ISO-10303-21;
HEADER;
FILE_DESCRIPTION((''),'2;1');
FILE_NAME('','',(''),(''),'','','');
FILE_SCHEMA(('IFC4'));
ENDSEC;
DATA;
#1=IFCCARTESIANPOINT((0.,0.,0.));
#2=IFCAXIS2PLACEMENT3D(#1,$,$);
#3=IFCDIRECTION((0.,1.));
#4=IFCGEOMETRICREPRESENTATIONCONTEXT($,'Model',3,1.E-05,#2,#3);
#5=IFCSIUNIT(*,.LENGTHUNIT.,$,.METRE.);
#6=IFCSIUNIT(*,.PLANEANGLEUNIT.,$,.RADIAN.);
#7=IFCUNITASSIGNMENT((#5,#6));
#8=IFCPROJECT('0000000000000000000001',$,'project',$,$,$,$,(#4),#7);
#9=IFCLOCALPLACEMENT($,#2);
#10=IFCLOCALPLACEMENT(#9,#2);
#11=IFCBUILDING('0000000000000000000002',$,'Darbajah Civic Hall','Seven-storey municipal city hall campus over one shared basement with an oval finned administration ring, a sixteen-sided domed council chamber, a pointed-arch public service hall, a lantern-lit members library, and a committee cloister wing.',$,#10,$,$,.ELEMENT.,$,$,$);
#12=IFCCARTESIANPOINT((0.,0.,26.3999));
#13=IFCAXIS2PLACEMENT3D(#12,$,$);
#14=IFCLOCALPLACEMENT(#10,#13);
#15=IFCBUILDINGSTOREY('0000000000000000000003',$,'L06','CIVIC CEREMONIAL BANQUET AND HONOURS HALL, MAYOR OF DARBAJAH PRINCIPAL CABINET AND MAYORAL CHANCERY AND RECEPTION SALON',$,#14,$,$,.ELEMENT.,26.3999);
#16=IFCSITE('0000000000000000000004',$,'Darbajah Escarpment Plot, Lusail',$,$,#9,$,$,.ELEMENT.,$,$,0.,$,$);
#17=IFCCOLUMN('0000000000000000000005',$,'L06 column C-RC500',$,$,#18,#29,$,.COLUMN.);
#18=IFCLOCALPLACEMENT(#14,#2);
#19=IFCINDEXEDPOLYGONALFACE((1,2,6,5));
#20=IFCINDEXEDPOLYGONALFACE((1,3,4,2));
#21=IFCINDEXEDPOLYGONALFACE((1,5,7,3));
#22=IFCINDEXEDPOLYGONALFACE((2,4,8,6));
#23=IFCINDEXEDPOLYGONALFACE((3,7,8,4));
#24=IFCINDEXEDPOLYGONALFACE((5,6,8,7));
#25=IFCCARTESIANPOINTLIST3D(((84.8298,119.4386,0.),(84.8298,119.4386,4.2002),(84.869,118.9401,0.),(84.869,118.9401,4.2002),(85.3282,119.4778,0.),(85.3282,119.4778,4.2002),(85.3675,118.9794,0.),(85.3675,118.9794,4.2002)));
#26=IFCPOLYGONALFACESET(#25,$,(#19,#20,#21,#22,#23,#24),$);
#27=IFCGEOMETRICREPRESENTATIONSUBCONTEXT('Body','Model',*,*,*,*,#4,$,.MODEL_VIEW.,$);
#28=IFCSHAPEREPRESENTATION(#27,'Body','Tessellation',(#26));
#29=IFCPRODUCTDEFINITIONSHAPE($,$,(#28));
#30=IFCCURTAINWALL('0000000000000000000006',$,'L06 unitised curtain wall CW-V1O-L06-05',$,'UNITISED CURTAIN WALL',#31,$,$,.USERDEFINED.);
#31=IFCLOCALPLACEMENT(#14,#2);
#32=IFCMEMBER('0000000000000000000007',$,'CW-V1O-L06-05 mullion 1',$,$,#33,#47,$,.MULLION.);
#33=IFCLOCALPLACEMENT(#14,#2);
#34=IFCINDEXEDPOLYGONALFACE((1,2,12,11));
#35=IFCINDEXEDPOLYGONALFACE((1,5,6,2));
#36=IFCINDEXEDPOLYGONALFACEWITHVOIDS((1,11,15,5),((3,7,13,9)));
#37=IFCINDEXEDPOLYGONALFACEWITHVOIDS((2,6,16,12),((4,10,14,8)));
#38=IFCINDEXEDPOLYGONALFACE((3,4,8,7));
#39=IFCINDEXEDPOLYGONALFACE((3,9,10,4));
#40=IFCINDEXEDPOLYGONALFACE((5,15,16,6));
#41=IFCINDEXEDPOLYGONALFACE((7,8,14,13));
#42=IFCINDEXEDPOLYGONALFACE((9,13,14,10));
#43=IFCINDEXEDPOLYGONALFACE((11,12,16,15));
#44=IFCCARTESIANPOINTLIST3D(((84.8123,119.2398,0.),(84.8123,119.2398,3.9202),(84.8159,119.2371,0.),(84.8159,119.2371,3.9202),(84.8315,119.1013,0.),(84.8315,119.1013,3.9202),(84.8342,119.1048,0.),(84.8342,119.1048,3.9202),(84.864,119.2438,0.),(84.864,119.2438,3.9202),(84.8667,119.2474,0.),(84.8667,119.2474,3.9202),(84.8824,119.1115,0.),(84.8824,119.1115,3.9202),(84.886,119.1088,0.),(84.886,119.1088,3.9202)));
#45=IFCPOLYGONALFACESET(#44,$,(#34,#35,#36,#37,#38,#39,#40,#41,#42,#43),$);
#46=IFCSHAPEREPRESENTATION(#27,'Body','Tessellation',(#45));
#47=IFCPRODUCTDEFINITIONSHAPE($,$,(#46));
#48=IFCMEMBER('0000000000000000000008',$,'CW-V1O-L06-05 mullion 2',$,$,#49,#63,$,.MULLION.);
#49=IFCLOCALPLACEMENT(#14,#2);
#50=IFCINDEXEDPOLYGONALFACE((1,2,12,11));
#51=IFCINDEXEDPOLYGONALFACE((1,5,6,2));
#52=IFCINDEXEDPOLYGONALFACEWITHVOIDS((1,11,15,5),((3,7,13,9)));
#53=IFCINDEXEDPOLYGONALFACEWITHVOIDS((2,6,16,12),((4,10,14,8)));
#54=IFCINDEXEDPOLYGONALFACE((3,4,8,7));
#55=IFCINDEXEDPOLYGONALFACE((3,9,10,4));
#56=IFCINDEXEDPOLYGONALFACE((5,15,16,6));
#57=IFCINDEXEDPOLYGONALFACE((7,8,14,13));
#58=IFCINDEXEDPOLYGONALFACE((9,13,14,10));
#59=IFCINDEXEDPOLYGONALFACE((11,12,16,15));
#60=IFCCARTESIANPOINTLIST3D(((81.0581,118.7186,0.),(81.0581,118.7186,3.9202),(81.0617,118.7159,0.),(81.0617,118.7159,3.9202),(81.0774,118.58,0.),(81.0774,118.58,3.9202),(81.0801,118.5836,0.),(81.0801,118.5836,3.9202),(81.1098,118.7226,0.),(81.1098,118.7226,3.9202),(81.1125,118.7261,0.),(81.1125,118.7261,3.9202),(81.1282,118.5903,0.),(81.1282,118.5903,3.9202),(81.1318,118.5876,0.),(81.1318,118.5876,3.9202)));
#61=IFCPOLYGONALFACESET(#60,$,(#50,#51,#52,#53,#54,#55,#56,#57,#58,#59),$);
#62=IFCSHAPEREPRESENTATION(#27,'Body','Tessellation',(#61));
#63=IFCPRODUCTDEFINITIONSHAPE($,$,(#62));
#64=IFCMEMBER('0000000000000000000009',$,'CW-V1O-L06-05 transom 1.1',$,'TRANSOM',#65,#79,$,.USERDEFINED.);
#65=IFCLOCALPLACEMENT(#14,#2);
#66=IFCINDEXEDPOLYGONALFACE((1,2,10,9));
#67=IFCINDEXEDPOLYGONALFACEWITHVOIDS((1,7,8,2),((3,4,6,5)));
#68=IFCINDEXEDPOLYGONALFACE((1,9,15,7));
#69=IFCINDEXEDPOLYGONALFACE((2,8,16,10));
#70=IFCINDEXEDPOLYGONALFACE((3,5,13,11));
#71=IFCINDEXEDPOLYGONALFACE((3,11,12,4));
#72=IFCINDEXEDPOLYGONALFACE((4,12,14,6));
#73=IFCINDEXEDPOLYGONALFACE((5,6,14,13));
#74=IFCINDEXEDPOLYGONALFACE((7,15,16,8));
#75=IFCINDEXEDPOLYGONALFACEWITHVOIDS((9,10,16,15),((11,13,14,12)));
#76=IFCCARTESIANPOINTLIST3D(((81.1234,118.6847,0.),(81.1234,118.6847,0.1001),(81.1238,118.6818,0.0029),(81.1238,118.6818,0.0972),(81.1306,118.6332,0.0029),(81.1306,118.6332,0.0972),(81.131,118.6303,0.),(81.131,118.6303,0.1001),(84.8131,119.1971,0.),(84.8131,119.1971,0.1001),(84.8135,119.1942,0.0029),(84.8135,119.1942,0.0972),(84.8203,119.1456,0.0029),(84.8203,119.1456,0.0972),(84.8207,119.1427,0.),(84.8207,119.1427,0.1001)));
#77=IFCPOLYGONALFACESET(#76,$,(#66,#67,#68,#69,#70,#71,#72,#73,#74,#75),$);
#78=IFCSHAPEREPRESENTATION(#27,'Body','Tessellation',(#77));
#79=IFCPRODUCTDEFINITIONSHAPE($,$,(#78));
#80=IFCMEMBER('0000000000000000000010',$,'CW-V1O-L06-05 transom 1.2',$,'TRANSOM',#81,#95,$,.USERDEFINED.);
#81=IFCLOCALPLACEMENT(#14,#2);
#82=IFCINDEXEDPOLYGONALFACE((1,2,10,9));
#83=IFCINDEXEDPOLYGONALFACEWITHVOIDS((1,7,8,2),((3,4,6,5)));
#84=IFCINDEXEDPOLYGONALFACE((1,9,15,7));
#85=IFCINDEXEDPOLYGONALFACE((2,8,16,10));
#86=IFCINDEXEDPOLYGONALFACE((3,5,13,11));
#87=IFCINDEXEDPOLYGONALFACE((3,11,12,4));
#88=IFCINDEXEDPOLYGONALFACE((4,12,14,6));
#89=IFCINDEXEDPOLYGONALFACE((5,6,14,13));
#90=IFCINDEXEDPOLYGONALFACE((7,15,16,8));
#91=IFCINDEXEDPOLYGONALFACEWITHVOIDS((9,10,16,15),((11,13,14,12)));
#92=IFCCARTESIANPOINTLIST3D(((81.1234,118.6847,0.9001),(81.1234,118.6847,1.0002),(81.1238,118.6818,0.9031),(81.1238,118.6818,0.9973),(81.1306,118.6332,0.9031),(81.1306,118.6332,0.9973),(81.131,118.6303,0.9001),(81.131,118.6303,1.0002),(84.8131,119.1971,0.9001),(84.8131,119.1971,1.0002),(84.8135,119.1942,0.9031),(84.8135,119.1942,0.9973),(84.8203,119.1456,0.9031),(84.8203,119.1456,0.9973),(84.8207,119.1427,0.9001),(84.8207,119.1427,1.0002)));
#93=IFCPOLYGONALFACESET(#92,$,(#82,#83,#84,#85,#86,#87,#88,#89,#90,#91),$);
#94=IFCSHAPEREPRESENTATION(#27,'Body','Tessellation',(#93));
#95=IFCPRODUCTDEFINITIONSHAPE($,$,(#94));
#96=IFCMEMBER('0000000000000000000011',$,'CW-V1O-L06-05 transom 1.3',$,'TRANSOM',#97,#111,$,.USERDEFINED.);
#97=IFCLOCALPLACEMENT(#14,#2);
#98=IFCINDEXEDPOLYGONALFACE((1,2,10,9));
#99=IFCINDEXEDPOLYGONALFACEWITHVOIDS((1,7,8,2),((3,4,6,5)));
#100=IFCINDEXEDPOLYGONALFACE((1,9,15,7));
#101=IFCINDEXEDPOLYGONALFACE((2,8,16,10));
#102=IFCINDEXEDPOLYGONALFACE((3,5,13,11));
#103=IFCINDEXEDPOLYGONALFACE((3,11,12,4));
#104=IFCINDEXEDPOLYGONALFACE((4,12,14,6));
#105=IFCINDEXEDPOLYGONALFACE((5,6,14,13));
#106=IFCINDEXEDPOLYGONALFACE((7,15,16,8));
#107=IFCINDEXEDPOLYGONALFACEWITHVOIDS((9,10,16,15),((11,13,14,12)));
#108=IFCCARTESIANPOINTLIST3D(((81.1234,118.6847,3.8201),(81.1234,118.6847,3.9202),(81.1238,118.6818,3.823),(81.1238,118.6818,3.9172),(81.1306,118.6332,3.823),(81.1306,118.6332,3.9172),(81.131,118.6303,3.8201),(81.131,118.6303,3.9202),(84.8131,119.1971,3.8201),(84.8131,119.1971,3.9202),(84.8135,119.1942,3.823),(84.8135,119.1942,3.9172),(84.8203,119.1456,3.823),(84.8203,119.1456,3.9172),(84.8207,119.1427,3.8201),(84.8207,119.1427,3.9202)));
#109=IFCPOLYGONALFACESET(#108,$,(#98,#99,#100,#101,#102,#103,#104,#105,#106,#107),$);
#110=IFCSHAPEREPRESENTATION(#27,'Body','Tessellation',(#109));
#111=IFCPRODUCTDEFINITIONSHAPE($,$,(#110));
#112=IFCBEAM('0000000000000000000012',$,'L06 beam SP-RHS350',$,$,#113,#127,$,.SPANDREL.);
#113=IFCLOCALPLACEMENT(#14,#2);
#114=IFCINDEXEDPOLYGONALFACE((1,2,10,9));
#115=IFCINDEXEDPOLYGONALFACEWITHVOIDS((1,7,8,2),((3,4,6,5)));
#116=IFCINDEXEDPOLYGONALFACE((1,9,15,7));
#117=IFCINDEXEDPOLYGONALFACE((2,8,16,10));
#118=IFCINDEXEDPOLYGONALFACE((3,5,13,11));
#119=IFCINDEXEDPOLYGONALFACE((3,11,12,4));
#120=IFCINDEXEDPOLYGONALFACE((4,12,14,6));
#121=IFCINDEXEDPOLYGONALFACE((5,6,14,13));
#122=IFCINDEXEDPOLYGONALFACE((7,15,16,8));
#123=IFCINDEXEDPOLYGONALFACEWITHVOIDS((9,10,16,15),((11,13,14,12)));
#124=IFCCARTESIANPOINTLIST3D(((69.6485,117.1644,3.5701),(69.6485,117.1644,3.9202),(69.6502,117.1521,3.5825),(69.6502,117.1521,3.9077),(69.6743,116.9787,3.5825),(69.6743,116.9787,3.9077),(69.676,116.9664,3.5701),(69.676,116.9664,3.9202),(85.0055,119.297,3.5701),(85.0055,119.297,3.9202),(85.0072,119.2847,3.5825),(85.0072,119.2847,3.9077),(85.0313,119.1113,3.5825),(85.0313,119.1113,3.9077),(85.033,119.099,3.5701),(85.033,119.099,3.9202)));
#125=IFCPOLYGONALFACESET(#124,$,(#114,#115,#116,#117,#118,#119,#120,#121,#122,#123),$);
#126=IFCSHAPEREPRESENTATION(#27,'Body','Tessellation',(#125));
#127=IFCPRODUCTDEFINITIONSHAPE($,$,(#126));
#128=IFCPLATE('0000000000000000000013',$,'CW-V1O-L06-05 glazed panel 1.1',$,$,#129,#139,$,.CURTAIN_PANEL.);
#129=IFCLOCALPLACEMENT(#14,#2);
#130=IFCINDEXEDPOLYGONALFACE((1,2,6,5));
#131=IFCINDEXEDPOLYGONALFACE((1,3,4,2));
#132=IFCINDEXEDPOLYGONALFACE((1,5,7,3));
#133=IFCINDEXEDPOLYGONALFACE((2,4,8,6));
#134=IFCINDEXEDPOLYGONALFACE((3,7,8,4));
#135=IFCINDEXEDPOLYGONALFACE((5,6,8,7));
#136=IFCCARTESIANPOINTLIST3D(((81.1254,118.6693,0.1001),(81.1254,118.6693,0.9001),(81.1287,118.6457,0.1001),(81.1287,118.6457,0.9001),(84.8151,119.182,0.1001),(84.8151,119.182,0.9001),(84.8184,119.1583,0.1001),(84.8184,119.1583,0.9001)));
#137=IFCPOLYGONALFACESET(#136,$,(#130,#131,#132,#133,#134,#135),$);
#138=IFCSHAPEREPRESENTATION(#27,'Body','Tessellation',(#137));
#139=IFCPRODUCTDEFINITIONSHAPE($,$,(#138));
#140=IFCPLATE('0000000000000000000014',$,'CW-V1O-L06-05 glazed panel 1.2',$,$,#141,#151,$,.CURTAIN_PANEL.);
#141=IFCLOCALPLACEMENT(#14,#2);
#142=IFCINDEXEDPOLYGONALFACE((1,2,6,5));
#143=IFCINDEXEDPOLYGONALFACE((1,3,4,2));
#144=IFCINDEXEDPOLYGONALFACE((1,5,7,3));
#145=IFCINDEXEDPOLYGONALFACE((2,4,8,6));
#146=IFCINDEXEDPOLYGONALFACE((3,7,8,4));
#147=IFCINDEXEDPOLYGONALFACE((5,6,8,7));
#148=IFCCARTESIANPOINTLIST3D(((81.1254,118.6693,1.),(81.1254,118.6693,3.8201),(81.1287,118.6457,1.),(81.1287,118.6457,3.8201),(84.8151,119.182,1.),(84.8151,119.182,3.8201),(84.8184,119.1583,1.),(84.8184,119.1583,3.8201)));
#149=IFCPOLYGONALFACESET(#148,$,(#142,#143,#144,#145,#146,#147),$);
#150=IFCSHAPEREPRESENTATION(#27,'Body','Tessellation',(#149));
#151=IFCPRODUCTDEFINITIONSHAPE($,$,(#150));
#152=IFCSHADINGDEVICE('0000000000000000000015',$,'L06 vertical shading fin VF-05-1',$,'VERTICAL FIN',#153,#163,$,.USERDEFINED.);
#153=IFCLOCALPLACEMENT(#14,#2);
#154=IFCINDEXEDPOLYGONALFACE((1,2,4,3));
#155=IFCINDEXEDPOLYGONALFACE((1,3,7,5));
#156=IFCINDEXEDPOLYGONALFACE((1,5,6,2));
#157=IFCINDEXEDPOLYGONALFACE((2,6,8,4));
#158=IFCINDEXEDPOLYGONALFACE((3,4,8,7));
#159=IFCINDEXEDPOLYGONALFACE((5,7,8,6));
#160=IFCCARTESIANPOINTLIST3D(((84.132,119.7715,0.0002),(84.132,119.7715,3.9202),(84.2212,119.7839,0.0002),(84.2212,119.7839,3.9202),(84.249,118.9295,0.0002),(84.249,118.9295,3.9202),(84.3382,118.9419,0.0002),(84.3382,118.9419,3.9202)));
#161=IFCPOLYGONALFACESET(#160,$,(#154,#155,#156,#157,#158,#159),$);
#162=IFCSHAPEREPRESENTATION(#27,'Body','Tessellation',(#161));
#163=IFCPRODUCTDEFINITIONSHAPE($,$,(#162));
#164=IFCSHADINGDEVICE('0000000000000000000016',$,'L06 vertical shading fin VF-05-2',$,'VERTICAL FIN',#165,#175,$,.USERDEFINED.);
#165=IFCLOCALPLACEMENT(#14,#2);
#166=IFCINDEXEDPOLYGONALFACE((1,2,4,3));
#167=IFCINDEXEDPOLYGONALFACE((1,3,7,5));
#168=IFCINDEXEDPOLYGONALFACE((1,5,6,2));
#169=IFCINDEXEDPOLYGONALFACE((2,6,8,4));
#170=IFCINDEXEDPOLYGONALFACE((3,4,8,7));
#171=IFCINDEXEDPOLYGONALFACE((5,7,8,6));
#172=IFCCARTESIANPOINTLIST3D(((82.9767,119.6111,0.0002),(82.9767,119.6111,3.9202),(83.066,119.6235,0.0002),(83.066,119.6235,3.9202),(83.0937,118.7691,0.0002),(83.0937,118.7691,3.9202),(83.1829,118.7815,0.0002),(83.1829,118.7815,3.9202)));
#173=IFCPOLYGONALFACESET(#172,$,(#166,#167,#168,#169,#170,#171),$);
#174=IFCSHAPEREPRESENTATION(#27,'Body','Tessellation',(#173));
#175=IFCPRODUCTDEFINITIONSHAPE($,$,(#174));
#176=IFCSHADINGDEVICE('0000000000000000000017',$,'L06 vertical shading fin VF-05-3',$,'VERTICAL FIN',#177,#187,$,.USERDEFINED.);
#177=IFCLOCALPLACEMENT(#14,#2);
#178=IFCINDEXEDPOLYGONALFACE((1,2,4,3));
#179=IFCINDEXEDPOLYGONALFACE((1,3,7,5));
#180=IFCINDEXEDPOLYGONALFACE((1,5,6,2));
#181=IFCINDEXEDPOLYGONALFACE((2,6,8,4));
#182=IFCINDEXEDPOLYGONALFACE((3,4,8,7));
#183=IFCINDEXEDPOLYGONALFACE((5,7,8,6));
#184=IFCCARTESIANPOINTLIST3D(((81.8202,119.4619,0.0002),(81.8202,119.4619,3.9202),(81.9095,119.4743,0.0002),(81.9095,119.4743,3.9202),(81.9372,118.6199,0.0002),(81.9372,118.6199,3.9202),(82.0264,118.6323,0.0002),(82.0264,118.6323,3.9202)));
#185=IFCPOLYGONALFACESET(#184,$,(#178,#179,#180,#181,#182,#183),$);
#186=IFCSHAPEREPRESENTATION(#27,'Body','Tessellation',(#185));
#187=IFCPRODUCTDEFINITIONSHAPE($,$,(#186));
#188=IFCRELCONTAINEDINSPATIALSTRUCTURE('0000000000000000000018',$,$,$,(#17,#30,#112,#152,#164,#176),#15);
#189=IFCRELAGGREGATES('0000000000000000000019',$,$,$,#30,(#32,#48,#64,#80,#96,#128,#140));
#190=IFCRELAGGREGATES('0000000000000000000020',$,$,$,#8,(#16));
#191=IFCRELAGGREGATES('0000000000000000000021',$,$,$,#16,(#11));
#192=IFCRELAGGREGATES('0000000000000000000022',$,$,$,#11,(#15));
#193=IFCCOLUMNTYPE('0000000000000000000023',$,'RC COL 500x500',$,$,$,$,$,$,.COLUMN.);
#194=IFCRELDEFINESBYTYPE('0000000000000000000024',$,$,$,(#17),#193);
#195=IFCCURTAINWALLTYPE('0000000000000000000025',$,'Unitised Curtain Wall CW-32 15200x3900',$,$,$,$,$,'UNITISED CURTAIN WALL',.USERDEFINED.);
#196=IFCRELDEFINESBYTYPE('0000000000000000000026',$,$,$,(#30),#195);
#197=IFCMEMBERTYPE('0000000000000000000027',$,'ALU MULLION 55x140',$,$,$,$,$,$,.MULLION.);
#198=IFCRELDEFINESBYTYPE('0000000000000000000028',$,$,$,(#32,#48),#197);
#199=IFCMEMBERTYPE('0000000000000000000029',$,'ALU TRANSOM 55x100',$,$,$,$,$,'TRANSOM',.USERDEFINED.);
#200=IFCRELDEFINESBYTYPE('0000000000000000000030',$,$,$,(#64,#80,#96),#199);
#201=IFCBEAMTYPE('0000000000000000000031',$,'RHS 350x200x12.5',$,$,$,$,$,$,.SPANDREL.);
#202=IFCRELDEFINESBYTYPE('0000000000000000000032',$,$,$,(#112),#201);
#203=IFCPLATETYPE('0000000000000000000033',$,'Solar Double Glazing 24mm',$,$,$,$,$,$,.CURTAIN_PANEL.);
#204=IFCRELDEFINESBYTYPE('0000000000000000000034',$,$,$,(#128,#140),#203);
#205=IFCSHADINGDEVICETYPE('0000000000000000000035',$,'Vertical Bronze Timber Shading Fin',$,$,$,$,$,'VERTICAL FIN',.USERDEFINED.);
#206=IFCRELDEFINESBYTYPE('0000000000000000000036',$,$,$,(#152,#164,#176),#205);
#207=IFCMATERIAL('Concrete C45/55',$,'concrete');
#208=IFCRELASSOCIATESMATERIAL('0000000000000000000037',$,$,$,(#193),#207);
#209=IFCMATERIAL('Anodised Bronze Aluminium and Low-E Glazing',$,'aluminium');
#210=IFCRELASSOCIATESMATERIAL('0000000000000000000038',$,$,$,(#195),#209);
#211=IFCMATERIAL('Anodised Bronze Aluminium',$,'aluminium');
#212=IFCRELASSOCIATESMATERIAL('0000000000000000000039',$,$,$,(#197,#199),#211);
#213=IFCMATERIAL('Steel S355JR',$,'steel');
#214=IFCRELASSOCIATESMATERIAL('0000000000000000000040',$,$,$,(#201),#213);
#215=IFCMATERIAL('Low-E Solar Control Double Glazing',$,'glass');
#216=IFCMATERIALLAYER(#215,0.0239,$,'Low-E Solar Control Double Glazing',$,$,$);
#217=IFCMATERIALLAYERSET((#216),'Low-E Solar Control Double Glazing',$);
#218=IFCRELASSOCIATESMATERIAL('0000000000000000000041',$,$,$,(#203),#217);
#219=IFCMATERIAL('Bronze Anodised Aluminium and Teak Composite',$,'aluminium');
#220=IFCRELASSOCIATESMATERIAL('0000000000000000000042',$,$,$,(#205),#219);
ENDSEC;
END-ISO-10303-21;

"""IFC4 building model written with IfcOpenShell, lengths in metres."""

from ifc_helpers import new_model, si_unit, direction, frame, origin, origin_2d, place, context, subcontext, project, spatial, rectangle, hollow_rectangle, extrude, material, layer, layer_set, material_profile, profile_set, type_object, element, aggregate, save


model = new_model("IFC4")

# Units and contexts
model_context = context("Model", 3, precision=1e-05, world=origin(), true_north=direction((0.0, 1.0)))
body_context = subcontext(model_context, "Body", "Model", "MODEL_VIEW")
ifc_project = project(units=[si_unit("LENGTHUNIT", "METRE"), si_unit("PLANEANGLEUNIT", "RADIAN")], contexts=[model_context])

# Site, building, storey
site_placement = place(None, origin())
site = spatial("IfcSite", under=ifc_project, at=site_placement, Name="Darbajah Escarpment Plot, Lusail", CompositionType="ELEMENT", RefElevation=0.0)
building_placement = place(site_placement, origin())
building = spatial("IfcBuilding", under=site, at=building_placement, Name="Darbajah Civic Hall", Description="Seven-storey municipal city hall campus over one shared basement with an oval finned administration ring, a sixteen-sided domed council chamber, a pointed-arch public service hall, a lantern-lit members library, and a committee cloister wing.", CompositionType="ELEMENT")
storey_placement = place(building_placement, frame((0.0, 0.0, 26.3999)))
storey = spatial("IfcBuildingStorey", under=building, at=storey_placement, Name="L06", Description="CIVIC CEREMONIAL BANQUET AND HONOURS HALL, MAYOR OF DARBAJAH PRINCIPAL CABINET AND MAYORAL CHANCERY AND RECEPTION SALON", CompositionType="ELEMENT", Elevation=26.3999)

# Column
ifc_material_1 = material(Name="Concrete C45/55", Category="concrete")
ifc_material_profile_1 = material_profile(ifc_material_1, rectangle(XDim=0.5, YDim=0.5, at=origin_2d()), Name="RC COL 500x500")
ifc_profile_set_1 = profile_set([ifc_material_profile_1], Name="Concrete C45/55")
column_type = type_object("IfcColumnType", Name="RC COL 500x500", PredefinedType="COLUMN", material=ifc_profile_set_1)
column_placement = place(storey_placement, frame((85.0986, 119.209, 0.0), z_axis=(0.0, 0.0, 1.0), x_axis=(-0.078459, 0.996917, 0.0)))
element("IfcColumn", 1, at=column_placement, inside=storey, type_object=column_type, Name="L06 column C-RC500", PredefinedType="COLUMN", context=body_context, shape_type="SweptSolid", body=[
    extrude(rectangle(XDim=0.5, YDim=0.5, at=origin_2d()), origin(), (0.0, 0.0, 1.0), 4.2002),
])

# Curtain wall, members
ifc_material_2 = material(Name="Anodised Bronze Aluminium and Low-E Glazing", Category="aluminium")
curtain_wall_type = type_object("IfcCurtainWallType", Name="Unitised Curtain Wall CW-32 15200x3900", ElementType="UNITISED CURTAIN WALL", PredefinedType="USERDEFINED", material=ifc_material_2)
curtain_wall_placement = place(storey_placement, origin())
curtain_wall = element("IfcCurtainWall", 2, at=curtain_wall_placement, inside=storey, type_object=curtain_wall_type, Name="L06 unitised curtain wall CW-V1O-L06-05", ObjectType="UNITISED CURTAIN WALL", PredefinedType="USERDEFINED")
ifc_material_3 = material(Name="Anodised Bronze Aluminium", Category="aluminium")
ifc_material_profile_2 = material_profile(ifc_material_3, hollow_rectangle(XDim=0.0549, YDim=0.1399, WallThickness=0.0032, at=origin_2d()), Name="ALU MULLION 55x140")
ifc_profile_set_2 = profile_set([ifc_material_profile_2], Name="Anodised Bronze Aluminium")
member_type_1 = type_object("IfcMemberType", Name="ALU MULLION 55x140", PredefinedType="MULLION", material=ifc_profile_set_2)
member_1_placement = place(storey_placement, frame((84.8491, 119.1743, 0.0), z_axis=(0.0, 0.0, 1.0), x_axis=(-0.990485, -0.137617, 0.0)))
member_1 = element("IfcMember", 3, at=member_1_placement, type_object=member_type_1, Name="CW-V1O-L06-05 mullion 1", PredefinedType="MULLION", context=body_context, shape_type="SweptSolid", body=[
    extrude(hollow_rectangle(XDim=0.0549, YDim=0.1399, WallThickness=0.0032, at=origin_2d()), origin(), (0.0, 0.0, 1.0), 3.9202),
])
member_2_placement = place(storey_placement, frame((81.095, 118.6531, 0.0), z_axis=(0.0, 0.0, 1.0), x_axis=(-0.990485, -0.137617, 0.0)))
member_2 = element("IfcMember", 4, at=member_2_placement, type_object=member_type_1, Name="CW-V1O-L06-05 mullion 2", PredefinedType="MULLION", context=body_context, shape_type="SweptSolid", body=[
    extrude(hollow_rectangle(XDim=0.0549, YDim=0.1399, WallThickness=0.0032, at=origin_2d()), origin(), (0.0, 0.0, 1.0), 3.9202),
])
ifc_material_profile_3 = material_profile(ifc_material_3, hollow_rectangle(XDim=0.0549, YDim=0.1001, WallThickness=0.0029, at=origin_2d()), Name="ALU TRANSOM 55x100")
ifc_profile_set_3 = profile_set([ifc_material_profile_3], Name="Anodised Bronze Aluminium")
member_type_2 = type_object("IfcMemberType", Name="ALU TRANSOM 55x100", ElementType="TRANSOM", PredefinedType="USERDEFINED", material=ifc_profile_set_3)
member_3_placement = place(storey_placement, frame((84.8169, 119.1699, 0.05), z_axis=(-0.990493, -0.137567, 0.0), x_axis=(0.137567, -0.990493, 0.0)))
member_3 = element("IfcMember", 5, at=member_3_placement, type_object=member_type_2, Name="CW-V1O-L06-05 transom 1.1", ObjectType="TRANSOM", PredefinedType="USERDEFINED", context=body_context, shape_type="SweptSolid", body=[
    extrude(hollow_rectangle(XDim=0.0549, YDim=0.1001, WallThickness=0.0029, at=origin_2d()), origin(), (0.0, 0.0, 1.0), 3.7251),
])
member_4_placement = place(storey_placement, frame((84.8169, 119.1699, 0.9502), z_axis=(-0.990493, -0.137567, 0.0), x_axis=(0.137567, -0.990493, 0.0)))
member_4 = element("IfcMember", 6, at=member_4_placement, type_object=member_type_2, Name="CW-V1O-L06-05 transom 1.2", ObjectType="TRANSOM", PredefinedType="USERDEFINED", context=body_context, shape_type="SweptSolid", body=[
    extrude(hollow_rectangle(XDim=0.0549, YDim=0.1001, WallThickness=0.0029, at=origin_2d()), origin(), (0.0, 0.0, 1.0), 3.7251),
])
member_5_placement = place(storey_placement, frame((84.8169, 119.1699, 3.8701), z_axis=(-0.990493, -0.137567, 0.0), x_axis=(0.137567, -0.990493, 0.0)))
member_5 = element("IfcMember", 7, at=member_5_placement, type_object=member_type_2, Name="CW-V1O-L06-05 transom 1.3", ObjectType="TRANSOM", PredefinedType="USERDEFINED", context=body_context, shape_type="SweptSolid", body=[
    extrude(hollow_rectangle(XDim=0.0549, YDim=0.1001, WallThickness=0.0029, at=origin_2d()), origin(), (0.0, 0.0, 1.0), 3.7251),
])

# Beam
ifc_material_4 = material(Name="Steel S355JR", Category="steel")
ifc_material_profile_4 = material_profile(ifc_material_4, hollow_rectangle(XDim=0.2, YDim=0.3501, WallThickness=0.0125, at=origin_2d()), Name="RHS 350x200x12.5")
ifc_profile_set_4 = profile_set([ifc_material_profile_4], Name="Steel S355JR")
beam_type = type_object("IfcBeamType", Name="RHS 350x200x12.5", PredefinedType="SPANDREL", material=ifc_profile_set_4)
beam_placement = place(storey_placement, frame((85.0193, 119.198, 3.7451), z_axis=(-0.990495, -0.137547, 0.0), x_axis=(0.137547, -0.990495, 0.0)))
element("IfcBeam", 8, at=beam_placement, inside=storey, type_object=beam_type, Name="L06 beam SP-RHS350", PredefinedType="SPANDREL", context=body_context, shape_type="SweptSolid", body=[
    extrude(hollow_rectangle(XDim=0.2, YDim=0.3501, WallThickness=0.0125, at=origin_2d()), origin(), (0.0, 0.0, 1.0), 15.5044),
])

# Plates
ifc_material_5 = material(Name="Low-E Solar Control Double Glazing", Category="glass")
ifc_layer = layer(ifc_material_5, 0.0239, Name="Low-E Solar Control Double Glazing")
ifc_layer_set = layer_set([ifc_layer], Name="Low-E Solar Control Double Glazing")
plate_type = type_object("IfcPlateType", Name="Solar Double Glazing 24mm", PredefinedType="CURTAIN_PANEL", material=ifc_layer_set)
plate_1_placement = place(storey_placement, frame((82.9719, 118.9138, 0.1001), z_axis=(0.0, 0.0, 1.0), x_axis=(-0.990485, -0.137617, 0.0)))
plate_1 = element("IfcPlate", 9, at=plate_1_placement, type_object=plate_type, Name="CW-V1O-L06-05 glazed panel 1.1", PredefinedType="CURTAIN_PANEL", context=body_context, shape_type="SweptSolid", body=[
    extrude(rectangle(XDim=3.7251, YDim=0.0239, at=origin_2d()), origin(), (0.0, 0.0, 1.0), 0.8),
])
plate_2_placement = place(storey_placement, frame((82.9719, 118.9138, 1.0), z_axis=(0.0, 0.0, 1.0), x_axis=(-0.990485, -0.137617, 0.0)))
plate_2 = element("IfcPlate", 10, at=plate_2_placement, type_object=plate_type, Name="CW-V1O-L06-05 glazed panel 1.2", PredefinedType="CURTAIN_PANEL", context=body_context, shape_type="SweptSolid", body=[
    extrude(rectangle(XDim=3.7251, YDim=0.0239, at=origin_2d()), origin(), (0.0, 0.0, 1.0), 2.8201),
])
aggregate(curtain_wall, [member_1, member_2, member_3, member_4, member_5, plate_1, plate_2])

# Shading devices
ifc_material_6 = material(Name="Bronze Anodised Aluminium and Teak Composite", Category="aluminium")
shading_device_type = type_object("IfcShadingDeviceType", Name="Vertical Bronze Timber Shading Fin", ElementType="VERTICAL FIN", PredefinedType="USERDEFINED", material=ifc_material_6)
for number, where, z_axis, x_axis, name in (
    (11, (84.2351, 119.3567, 0.0002), (0.0, 0.0, 1.0), (-0.137617, 0.990485, 0.0), "L06 vertical shading fin VF-05-1"),
    (12, (83.0798, 119.1963, 0.0002), (0.0, 0.0, 1.0), (-0.137617, 0.990485, 0.0), "L06 vertical shading fin VF-05-2"),
    (13, (81.9233, 119.0471, 0.0002), (0.0, 0.0, 1.0), (-0.137617, 0.990485, 0.0), "L06 vertical shading fin VF-05-3"),
):
    element("IfcShadingDevice", number, at=place(storey_placement, frame(where, z_axis=z_axis, x_axis=x_axis)), inside=storey, type_object=shading_device_type, Name=name, ObjectType="VERTICAL FIN", PredefinedType="USERDEFINED", context=body_context, shape_type="SweptSolid", body=[
        extrude(rectangle(XDim=0.8501, YDim=0.0901, at=origin_2d()), origin(), (0.0, 0.0, 1.0), 3.9199),
    ])

save(model, "model.ifc")
